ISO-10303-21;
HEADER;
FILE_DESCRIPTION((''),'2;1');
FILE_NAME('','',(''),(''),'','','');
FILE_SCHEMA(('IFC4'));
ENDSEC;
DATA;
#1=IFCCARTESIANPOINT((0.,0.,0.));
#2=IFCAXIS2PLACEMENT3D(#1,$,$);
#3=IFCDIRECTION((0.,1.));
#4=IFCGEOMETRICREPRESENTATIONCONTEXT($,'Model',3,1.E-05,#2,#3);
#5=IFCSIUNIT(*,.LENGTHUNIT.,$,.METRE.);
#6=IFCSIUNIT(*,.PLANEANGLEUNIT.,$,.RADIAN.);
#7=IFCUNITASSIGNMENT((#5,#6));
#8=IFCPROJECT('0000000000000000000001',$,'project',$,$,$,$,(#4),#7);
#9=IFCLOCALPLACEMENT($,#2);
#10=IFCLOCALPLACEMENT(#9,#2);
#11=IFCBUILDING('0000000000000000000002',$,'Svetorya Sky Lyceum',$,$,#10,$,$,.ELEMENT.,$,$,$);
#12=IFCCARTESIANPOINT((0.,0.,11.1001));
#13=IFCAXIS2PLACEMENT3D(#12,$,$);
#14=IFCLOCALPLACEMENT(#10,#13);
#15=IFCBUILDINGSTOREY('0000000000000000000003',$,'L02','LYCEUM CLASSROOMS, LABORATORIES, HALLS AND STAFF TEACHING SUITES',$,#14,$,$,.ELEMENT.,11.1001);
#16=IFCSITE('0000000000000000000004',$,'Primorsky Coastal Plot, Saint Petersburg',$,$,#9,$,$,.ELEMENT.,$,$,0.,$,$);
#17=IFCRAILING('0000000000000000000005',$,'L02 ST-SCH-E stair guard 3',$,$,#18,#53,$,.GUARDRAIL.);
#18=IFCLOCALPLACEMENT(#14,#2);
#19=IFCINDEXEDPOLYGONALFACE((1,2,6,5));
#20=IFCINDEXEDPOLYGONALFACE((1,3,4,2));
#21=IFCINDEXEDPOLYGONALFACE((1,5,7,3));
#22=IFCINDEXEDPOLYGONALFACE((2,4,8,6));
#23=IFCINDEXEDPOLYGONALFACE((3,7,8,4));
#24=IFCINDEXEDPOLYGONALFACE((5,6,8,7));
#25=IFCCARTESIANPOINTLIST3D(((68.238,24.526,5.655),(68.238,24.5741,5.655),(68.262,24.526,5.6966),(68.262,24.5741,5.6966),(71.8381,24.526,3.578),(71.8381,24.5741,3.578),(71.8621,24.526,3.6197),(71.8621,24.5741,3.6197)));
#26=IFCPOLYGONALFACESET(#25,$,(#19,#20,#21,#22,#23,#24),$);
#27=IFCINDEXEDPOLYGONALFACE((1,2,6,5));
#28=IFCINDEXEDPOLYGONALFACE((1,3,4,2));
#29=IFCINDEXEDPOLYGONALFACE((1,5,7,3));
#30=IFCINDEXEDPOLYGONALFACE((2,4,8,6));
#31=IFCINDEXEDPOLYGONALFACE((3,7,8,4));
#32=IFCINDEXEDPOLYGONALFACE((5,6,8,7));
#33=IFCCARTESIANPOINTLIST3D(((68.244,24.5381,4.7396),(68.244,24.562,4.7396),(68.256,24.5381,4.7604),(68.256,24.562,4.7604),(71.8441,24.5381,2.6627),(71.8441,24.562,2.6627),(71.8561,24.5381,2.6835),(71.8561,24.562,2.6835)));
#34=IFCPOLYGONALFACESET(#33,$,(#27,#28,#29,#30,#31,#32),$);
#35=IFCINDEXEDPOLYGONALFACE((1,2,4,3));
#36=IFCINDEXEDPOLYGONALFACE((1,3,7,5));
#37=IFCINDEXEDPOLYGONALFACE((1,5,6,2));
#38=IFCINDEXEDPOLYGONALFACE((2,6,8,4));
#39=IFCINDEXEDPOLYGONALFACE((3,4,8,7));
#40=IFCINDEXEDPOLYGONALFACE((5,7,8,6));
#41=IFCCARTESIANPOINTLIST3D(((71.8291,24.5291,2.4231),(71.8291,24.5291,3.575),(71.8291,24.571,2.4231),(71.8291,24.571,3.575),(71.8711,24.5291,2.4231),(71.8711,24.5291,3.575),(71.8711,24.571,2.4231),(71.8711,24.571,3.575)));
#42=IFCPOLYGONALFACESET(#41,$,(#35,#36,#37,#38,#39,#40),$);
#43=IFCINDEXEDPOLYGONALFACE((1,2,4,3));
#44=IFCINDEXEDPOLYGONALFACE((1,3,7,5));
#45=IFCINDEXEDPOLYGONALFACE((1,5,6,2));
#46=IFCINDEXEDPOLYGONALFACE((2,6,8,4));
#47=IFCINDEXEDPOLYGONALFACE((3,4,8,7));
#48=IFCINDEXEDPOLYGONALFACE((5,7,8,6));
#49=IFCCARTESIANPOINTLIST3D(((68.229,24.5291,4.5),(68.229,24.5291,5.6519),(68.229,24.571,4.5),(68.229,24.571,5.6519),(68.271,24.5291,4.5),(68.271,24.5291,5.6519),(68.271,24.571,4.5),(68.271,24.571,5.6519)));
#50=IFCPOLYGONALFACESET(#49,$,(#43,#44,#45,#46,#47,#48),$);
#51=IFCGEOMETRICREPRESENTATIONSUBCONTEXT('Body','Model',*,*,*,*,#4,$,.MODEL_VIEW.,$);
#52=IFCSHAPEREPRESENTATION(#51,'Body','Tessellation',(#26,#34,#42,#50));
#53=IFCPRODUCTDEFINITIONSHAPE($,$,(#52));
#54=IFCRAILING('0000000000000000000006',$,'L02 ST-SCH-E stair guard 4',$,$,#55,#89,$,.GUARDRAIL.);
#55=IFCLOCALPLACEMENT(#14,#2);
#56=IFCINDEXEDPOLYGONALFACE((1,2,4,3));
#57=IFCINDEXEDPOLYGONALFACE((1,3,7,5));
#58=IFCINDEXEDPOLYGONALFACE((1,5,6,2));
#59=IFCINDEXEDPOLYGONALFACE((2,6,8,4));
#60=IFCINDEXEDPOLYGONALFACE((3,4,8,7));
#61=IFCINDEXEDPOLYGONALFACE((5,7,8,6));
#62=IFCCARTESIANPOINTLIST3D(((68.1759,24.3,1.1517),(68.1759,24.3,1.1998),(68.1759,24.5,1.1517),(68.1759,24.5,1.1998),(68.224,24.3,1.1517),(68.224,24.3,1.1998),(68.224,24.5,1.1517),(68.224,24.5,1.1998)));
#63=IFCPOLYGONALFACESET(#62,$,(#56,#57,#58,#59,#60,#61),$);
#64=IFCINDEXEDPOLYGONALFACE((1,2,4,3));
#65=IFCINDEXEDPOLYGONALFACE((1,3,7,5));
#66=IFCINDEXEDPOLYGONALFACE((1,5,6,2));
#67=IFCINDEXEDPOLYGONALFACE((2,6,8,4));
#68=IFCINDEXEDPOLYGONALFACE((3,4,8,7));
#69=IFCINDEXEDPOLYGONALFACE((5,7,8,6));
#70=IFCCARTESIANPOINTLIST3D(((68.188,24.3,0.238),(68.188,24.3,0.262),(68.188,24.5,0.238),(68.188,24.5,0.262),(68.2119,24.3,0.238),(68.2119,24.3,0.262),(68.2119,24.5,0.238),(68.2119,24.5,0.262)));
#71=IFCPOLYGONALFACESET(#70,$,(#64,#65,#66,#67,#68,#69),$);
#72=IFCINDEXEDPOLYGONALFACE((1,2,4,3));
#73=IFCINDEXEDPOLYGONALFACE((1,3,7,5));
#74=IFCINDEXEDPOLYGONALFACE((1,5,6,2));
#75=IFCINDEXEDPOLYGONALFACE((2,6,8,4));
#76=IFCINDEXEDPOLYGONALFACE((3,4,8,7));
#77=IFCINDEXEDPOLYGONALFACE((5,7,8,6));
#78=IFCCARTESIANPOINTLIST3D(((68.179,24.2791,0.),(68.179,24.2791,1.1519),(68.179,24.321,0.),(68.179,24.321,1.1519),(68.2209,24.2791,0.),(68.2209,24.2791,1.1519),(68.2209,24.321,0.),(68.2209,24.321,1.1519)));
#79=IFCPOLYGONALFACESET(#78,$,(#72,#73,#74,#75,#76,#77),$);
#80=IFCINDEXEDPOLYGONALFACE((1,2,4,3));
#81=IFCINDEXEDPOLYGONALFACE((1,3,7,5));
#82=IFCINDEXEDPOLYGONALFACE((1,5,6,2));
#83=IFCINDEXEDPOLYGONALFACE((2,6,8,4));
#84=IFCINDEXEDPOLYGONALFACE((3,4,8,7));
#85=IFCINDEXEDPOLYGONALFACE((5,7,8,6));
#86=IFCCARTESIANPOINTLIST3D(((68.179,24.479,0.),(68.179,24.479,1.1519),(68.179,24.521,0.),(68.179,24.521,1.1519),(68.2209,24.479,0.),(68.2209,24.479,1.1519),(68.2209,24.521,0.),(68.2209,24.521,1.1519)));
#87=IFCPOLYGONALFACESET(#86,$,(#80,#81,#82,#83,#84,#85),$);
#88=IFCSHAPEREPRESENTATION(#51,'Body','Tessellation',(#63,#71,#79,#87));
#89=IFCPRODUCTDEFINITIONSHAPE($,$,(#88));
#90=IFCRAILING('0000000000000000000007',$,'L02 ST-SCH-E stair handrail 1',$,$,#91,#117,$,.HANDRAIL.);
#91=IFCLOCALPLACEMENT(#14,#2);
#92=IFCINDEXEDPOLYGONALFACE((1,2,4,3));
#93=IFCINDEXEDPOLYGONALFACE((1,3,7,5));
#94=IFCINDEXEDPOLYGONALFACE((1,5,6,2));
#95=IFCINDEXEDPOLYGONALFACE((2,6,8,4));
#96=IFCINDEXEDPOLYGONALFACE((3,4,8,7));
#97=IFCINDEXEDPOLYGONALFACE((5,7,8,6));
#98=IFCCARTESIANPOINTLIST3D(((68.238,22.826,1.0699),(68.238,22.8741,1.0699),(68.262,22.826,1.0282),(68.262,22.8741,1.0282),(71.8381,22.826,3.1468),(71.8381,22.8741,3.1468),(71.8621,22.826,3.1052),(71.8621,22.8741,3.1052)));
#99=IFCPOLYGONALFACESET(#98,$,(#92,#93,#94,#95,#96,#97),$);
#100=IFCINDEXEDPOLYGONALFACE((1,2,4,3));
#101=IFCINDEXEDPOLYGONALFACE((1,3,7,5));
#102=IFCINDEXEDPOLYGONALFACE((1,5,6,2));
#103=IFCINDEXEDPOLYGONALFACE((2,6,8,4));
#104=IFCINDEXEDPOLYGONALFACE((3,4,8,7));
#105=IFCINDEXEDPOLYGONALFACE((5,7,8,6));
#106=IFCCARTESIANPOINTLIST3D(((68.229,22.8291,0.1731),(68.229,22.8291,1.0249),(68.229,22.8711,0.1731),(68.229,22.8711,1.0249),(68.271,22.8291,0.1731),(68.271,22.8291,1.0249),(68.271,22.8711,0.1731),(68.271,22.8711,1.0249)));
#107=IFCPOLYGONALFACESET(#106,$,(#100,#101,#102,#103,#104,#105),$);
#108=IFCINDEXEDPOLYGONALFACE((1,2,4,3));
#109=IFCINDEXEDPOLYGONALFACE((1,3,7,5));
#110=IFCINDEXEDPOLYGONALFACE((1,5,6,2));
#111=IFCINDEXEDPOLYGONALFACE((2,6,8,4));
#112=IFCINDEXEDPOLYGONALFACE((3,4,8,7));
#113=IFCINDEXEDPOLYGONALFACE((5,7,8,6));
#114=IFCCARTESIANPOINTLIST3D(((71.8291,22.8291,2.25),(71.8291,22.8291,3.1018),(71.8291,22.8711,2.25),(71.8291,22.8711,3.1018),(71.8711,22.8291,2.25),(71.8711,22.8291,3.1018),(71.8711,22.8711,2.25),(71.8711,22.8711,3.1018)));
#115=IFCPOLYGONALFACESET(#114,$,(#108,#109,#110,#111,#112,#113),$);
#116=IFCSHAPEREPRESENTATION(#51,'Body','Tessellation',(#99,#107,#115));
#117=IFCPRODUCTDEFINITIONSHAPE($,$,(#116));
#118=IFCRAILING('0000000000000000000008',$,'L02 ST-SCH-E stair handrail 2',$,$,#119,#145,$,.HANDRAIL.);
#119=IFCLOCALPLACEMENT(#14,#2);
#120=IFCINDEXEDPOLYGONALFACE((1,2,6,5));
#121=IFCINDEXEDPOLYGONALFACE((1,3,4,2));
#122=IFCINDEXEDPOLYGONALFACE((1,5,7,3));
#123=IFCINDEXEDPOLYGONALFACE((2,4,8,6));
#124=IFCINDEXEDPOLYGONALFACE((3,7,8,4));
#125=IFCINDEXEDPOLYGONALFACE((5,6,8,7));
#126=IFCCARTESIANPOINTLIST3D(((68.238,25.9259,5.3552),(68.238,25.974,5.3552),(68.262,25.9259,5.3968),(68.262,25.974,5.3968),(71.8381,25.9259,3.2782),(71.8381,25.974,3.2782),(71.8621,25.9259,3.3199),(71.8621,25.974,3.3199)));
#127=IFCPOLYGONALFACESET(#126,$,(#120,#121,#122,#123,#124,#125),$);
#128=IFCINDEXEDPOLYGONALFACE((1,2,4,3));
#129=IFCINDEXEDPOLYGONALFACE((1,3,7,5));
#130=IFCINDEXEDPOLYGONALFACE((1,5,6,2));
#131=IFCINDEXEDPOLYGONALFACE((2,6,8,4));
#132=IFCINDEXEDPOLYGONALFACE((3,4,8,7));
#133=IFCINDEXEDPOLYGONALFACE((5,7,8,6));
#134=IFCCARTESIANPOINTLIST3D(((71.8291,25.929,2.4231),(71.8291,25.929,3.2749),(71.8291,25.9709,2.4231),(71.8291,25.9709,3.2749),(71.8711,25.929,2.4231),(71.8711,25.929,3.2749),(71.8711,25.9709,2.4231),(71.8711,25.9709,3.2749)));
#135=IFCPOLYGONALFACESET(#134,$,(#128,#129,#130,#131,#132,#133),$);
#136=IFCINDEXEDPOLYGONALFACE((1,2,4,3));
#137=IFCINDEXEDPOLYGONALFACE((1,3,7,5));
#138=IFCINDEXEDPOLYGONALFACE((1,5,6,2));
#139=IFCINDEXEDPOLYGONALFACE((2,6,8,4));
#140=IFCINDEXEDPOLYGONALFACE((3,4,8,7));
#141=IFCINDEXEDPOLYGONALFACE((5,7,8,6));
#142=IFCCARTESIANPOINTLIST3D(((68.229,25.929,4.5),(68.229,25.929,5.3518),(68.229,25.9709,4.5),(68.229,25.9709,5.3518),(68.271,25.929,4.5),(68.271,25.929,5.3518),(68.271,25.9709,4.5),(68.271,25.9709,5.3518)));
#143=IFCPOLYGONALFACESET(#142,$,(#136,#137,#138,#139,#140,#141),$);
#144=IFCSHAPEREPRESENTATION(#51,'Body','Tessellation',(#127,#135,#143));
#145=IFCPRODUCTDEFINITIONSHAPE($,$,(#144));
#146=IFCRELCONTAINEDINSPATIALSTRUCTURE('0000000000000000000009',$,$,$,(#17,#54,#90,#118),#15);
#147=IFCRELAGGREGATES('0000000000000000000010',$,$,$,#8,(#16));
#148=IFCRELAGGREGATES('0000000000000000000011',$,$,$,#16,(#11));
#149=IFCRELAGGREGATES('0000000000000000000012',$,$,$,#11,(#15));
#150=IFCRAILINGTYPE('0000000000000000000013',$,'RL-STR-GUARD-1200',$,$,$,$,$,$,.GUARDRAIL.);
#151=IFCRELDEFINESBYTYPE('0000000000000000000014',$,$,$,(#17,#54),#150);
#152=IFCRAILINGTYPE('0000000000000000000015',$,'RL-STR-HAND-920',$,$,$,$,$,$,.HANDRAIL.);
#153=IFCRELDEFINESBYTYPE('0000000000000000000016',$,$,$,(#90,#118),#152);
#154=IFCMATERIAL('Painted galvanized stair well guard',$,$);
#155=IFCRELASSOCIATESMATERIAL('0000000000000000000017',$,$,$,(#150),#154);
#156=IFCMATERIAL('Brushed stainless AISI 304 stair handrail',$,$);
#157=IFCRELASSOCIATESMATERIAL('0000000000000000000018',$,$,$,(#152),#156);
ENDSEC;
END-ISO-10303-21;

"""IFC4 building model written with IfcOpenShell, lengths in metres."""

from ifc_helpers import new_model, si_unit, direction, frame, origin, origin_2d, place, context, subcontext, project, spatial, rectangle, extrude, material, type_object, element, save


model = new_model("IFC4")

# Units and contexts
model_context = context("Model", 3, precision=1e-05, world=origin(), true_north=direction((0.0, 1.0)))
body_context = subcontext(model_context, "Body", "Model", "MODEL_VIEW")
ifc_project = project(units=[si_unit("LENGTHUNIT", "METRE"), si_unit("PLANEANGLEUNIT", "RADIAN")], contexts=[model_context])

# Site, building, storey
site_placement = place(None, origin())
site = spatial("IfcSite", under=ifc_project, at=site_placement, Name="Primorsky Coastal Plot, Saint Petersburg", CompositionType="ELEMENT", RefElevation=0.0)
building_placement = place(site_placement, origin())
building = spatial("IfcBuilding", under=site, at=building_placement, Name="Svetorya Sky Lyceum", CompositionType="ELEMENT")
storey_placement = place(building_placement, frame((0.0, 0.0, 11.1001)))
storey = spatial("IfcBuildingStorey", under=building, at=storey_placement, Name="L02", Description="LYCEUM CLASSROOMS, LABORATORIES, HALLS AND STAFF TEACHING SUITES", CompositionType="ELEMENT", Elevation=11.1001)

# Railings
ifc_material_1 = material(Name="Painted galvanized stair well guard")
railing_type_1 = type_object("IfcRailingType", Name="RL-STR-GUARD-1200", PredefinedType="GUARDRAIL", material=ifc_material_1)
railing_1_placement = place(storey_placement, frame((71.8501, 24.55, 2.4231)))
element("IfcRailing", 1, at=railing_1_placement, inside=storey, type_object=railing_type_1, Name="L02 ST-SCH-E stair guard 3", PredefinedType="GUARDRAIL", context=body_context, shape_type="SweptSolid", body=[
    extrude(rectangle(XDim=0.0481, YDim=0.0481, at=origin_2d()), frame((0.0, 0.0, 1.1758), z_axis=(-0.866193, 0.0, 0.499709), x_axis=(0.0, -1.0, 0.0)), (0.0, 0.0, 1.0), 4.1562),
    extrude(rectangle(XDim=0.0239, YDim=0.0239, at=origin_2d()), frame((0.0, 0.0, 0.25), z_axis=(-0.866193, 0.0, 0.499709), x_axis=(0.0, -1.0, 0.0)), (0.0, 0.0, 1.0), 4.1562),
    extrude(rectangle(XDim=0.042, YDim=0.042, at=origin_2d()), origin(), (0.0, 0.0, 1.0), 1.1519),
    extrude(rectangle(XDim=0.042, YDim=0.042, at=origin_2d()), frame((-3.6001, 0.0, 2.0769)), (0.0, 0.0, 1.0), 1.1519),
])
railing_2_placement = place(storey_placement, frame((68.2, 24.3, 0.0)))
element("IfcRailing", 2, at=railing_2_placement, inside=storey, type_object=railing_type_1, Name="L02 ST-SCH-E stair guard 4", PredefinedType="GUARDRAIL", context=body_context, shape_type="SweptSolid", body=[
    extrude(rectangle(XDim=0.0481, YDim=0.0481, at=origin_2d()), frame((0.0, 0.0, 1.1758), z_axis=(0.0, 1.0, 0.0), x_axis=(-1.0, 0.0, 0.0)), (0.0, 0.0, 1.0), 0.2),
    extrude(rectangle(XDim=0.0239, YDim=0.0239, at=origin_2d()), frame((0.0, 0.0, 0.25), z_axis=(0.0, 1.0, 0.0), x_axis=(-1.0, 0.0, 0.0)), (0.0, 0.0, 1.0), 0.2),
    extrude(rectangle(XDim=0.042, YDim=0.042, at=origin_2d()), origin(), (0.0, 0.0, 1.0), 1.1519),
    extrude(rectangle(XDim=0.042, YDim=0.042, at=origin_2d()), frame((0.0, 0.2, 0.0)), (0.0, 0.0, 1.0), 1.1519),
])
ifc_material_2 = material(Name="Brushed stainless AISI 304 stair handrail")
railing_type_2 = type_object("IfcRailingType", Name="RL-STR-HAND-920", PredefinedType="HANDRAIL", material=ifc_material_2)
railing_3_placement = place(storey_placement, frame((68.25, 22.8501, 0.1731)))
element("IfcRailing", 3, at=railing_3_placement, inside=storey, type_object=railing_type_2, Name="L02 ST-SCH-E stair handrail 1", PredefinedType="HANDRAIL", context=body_context, shape_type="SweptSolid", body=[
    extrude(rectangle(XDim=0.0481, YDim=0.0481, at=origin_2d()), frame((0.0, 0.0, 0.876), z_axis=(0.866193, 0.0, 0.499709), x_axis=(0.0, 1.0, 0.0)), (0.0, 0.0, 1.0), 4.1562),
    extrude(rectangle(XDim=0.042, YDim=0.042, at=origin_2d()), origin(), (0.0, 0.0, 1.0), 0.8518),
    extrude(rectangle(XDim=0.042, YDim=0.042, at=origin_2d()), frame((3.6001, 0.0, 2.0769)), (0.0, 0.0, 1.0), 0.8518),
])
railing_4_placement = place(storey_placement, frame((71.8501, 25.95, 2.4231)))
element("IfcRailing", 4, at=railing_4_placement, inside=storey, type_object=railing_type_2, Name="L02 ST-SCH-E stair handrail 2", PredefinedType="HANDRAIL", context=body_context, shape_type="SweptSolid", body=[
    extrude(rectangle(XDim=0.0481, YDim=0.0481, at=origin_2d()), frame((0.0, 0.0, 0.876), z_axis=(-0.866193, 0.0, 0.499709), x_axis=(0.0, -1.0, 0.0)), (0.0, 0.0, 1.0), 4.1562),
    extrude(rectangle(XDim=0.042, YDim=0.042, at=origin_2d()), origin(), (0.0, 0.0, 1.0), 0.8518),
    extrude(rectangle(XDim=0.042, YDim=0.042, at=origin_2d()), frame((-3.6001, 0.0, 2.0769)), (0.0, 0.0, 1.0), 0.8518),
])

save(model, "model.ifc")
